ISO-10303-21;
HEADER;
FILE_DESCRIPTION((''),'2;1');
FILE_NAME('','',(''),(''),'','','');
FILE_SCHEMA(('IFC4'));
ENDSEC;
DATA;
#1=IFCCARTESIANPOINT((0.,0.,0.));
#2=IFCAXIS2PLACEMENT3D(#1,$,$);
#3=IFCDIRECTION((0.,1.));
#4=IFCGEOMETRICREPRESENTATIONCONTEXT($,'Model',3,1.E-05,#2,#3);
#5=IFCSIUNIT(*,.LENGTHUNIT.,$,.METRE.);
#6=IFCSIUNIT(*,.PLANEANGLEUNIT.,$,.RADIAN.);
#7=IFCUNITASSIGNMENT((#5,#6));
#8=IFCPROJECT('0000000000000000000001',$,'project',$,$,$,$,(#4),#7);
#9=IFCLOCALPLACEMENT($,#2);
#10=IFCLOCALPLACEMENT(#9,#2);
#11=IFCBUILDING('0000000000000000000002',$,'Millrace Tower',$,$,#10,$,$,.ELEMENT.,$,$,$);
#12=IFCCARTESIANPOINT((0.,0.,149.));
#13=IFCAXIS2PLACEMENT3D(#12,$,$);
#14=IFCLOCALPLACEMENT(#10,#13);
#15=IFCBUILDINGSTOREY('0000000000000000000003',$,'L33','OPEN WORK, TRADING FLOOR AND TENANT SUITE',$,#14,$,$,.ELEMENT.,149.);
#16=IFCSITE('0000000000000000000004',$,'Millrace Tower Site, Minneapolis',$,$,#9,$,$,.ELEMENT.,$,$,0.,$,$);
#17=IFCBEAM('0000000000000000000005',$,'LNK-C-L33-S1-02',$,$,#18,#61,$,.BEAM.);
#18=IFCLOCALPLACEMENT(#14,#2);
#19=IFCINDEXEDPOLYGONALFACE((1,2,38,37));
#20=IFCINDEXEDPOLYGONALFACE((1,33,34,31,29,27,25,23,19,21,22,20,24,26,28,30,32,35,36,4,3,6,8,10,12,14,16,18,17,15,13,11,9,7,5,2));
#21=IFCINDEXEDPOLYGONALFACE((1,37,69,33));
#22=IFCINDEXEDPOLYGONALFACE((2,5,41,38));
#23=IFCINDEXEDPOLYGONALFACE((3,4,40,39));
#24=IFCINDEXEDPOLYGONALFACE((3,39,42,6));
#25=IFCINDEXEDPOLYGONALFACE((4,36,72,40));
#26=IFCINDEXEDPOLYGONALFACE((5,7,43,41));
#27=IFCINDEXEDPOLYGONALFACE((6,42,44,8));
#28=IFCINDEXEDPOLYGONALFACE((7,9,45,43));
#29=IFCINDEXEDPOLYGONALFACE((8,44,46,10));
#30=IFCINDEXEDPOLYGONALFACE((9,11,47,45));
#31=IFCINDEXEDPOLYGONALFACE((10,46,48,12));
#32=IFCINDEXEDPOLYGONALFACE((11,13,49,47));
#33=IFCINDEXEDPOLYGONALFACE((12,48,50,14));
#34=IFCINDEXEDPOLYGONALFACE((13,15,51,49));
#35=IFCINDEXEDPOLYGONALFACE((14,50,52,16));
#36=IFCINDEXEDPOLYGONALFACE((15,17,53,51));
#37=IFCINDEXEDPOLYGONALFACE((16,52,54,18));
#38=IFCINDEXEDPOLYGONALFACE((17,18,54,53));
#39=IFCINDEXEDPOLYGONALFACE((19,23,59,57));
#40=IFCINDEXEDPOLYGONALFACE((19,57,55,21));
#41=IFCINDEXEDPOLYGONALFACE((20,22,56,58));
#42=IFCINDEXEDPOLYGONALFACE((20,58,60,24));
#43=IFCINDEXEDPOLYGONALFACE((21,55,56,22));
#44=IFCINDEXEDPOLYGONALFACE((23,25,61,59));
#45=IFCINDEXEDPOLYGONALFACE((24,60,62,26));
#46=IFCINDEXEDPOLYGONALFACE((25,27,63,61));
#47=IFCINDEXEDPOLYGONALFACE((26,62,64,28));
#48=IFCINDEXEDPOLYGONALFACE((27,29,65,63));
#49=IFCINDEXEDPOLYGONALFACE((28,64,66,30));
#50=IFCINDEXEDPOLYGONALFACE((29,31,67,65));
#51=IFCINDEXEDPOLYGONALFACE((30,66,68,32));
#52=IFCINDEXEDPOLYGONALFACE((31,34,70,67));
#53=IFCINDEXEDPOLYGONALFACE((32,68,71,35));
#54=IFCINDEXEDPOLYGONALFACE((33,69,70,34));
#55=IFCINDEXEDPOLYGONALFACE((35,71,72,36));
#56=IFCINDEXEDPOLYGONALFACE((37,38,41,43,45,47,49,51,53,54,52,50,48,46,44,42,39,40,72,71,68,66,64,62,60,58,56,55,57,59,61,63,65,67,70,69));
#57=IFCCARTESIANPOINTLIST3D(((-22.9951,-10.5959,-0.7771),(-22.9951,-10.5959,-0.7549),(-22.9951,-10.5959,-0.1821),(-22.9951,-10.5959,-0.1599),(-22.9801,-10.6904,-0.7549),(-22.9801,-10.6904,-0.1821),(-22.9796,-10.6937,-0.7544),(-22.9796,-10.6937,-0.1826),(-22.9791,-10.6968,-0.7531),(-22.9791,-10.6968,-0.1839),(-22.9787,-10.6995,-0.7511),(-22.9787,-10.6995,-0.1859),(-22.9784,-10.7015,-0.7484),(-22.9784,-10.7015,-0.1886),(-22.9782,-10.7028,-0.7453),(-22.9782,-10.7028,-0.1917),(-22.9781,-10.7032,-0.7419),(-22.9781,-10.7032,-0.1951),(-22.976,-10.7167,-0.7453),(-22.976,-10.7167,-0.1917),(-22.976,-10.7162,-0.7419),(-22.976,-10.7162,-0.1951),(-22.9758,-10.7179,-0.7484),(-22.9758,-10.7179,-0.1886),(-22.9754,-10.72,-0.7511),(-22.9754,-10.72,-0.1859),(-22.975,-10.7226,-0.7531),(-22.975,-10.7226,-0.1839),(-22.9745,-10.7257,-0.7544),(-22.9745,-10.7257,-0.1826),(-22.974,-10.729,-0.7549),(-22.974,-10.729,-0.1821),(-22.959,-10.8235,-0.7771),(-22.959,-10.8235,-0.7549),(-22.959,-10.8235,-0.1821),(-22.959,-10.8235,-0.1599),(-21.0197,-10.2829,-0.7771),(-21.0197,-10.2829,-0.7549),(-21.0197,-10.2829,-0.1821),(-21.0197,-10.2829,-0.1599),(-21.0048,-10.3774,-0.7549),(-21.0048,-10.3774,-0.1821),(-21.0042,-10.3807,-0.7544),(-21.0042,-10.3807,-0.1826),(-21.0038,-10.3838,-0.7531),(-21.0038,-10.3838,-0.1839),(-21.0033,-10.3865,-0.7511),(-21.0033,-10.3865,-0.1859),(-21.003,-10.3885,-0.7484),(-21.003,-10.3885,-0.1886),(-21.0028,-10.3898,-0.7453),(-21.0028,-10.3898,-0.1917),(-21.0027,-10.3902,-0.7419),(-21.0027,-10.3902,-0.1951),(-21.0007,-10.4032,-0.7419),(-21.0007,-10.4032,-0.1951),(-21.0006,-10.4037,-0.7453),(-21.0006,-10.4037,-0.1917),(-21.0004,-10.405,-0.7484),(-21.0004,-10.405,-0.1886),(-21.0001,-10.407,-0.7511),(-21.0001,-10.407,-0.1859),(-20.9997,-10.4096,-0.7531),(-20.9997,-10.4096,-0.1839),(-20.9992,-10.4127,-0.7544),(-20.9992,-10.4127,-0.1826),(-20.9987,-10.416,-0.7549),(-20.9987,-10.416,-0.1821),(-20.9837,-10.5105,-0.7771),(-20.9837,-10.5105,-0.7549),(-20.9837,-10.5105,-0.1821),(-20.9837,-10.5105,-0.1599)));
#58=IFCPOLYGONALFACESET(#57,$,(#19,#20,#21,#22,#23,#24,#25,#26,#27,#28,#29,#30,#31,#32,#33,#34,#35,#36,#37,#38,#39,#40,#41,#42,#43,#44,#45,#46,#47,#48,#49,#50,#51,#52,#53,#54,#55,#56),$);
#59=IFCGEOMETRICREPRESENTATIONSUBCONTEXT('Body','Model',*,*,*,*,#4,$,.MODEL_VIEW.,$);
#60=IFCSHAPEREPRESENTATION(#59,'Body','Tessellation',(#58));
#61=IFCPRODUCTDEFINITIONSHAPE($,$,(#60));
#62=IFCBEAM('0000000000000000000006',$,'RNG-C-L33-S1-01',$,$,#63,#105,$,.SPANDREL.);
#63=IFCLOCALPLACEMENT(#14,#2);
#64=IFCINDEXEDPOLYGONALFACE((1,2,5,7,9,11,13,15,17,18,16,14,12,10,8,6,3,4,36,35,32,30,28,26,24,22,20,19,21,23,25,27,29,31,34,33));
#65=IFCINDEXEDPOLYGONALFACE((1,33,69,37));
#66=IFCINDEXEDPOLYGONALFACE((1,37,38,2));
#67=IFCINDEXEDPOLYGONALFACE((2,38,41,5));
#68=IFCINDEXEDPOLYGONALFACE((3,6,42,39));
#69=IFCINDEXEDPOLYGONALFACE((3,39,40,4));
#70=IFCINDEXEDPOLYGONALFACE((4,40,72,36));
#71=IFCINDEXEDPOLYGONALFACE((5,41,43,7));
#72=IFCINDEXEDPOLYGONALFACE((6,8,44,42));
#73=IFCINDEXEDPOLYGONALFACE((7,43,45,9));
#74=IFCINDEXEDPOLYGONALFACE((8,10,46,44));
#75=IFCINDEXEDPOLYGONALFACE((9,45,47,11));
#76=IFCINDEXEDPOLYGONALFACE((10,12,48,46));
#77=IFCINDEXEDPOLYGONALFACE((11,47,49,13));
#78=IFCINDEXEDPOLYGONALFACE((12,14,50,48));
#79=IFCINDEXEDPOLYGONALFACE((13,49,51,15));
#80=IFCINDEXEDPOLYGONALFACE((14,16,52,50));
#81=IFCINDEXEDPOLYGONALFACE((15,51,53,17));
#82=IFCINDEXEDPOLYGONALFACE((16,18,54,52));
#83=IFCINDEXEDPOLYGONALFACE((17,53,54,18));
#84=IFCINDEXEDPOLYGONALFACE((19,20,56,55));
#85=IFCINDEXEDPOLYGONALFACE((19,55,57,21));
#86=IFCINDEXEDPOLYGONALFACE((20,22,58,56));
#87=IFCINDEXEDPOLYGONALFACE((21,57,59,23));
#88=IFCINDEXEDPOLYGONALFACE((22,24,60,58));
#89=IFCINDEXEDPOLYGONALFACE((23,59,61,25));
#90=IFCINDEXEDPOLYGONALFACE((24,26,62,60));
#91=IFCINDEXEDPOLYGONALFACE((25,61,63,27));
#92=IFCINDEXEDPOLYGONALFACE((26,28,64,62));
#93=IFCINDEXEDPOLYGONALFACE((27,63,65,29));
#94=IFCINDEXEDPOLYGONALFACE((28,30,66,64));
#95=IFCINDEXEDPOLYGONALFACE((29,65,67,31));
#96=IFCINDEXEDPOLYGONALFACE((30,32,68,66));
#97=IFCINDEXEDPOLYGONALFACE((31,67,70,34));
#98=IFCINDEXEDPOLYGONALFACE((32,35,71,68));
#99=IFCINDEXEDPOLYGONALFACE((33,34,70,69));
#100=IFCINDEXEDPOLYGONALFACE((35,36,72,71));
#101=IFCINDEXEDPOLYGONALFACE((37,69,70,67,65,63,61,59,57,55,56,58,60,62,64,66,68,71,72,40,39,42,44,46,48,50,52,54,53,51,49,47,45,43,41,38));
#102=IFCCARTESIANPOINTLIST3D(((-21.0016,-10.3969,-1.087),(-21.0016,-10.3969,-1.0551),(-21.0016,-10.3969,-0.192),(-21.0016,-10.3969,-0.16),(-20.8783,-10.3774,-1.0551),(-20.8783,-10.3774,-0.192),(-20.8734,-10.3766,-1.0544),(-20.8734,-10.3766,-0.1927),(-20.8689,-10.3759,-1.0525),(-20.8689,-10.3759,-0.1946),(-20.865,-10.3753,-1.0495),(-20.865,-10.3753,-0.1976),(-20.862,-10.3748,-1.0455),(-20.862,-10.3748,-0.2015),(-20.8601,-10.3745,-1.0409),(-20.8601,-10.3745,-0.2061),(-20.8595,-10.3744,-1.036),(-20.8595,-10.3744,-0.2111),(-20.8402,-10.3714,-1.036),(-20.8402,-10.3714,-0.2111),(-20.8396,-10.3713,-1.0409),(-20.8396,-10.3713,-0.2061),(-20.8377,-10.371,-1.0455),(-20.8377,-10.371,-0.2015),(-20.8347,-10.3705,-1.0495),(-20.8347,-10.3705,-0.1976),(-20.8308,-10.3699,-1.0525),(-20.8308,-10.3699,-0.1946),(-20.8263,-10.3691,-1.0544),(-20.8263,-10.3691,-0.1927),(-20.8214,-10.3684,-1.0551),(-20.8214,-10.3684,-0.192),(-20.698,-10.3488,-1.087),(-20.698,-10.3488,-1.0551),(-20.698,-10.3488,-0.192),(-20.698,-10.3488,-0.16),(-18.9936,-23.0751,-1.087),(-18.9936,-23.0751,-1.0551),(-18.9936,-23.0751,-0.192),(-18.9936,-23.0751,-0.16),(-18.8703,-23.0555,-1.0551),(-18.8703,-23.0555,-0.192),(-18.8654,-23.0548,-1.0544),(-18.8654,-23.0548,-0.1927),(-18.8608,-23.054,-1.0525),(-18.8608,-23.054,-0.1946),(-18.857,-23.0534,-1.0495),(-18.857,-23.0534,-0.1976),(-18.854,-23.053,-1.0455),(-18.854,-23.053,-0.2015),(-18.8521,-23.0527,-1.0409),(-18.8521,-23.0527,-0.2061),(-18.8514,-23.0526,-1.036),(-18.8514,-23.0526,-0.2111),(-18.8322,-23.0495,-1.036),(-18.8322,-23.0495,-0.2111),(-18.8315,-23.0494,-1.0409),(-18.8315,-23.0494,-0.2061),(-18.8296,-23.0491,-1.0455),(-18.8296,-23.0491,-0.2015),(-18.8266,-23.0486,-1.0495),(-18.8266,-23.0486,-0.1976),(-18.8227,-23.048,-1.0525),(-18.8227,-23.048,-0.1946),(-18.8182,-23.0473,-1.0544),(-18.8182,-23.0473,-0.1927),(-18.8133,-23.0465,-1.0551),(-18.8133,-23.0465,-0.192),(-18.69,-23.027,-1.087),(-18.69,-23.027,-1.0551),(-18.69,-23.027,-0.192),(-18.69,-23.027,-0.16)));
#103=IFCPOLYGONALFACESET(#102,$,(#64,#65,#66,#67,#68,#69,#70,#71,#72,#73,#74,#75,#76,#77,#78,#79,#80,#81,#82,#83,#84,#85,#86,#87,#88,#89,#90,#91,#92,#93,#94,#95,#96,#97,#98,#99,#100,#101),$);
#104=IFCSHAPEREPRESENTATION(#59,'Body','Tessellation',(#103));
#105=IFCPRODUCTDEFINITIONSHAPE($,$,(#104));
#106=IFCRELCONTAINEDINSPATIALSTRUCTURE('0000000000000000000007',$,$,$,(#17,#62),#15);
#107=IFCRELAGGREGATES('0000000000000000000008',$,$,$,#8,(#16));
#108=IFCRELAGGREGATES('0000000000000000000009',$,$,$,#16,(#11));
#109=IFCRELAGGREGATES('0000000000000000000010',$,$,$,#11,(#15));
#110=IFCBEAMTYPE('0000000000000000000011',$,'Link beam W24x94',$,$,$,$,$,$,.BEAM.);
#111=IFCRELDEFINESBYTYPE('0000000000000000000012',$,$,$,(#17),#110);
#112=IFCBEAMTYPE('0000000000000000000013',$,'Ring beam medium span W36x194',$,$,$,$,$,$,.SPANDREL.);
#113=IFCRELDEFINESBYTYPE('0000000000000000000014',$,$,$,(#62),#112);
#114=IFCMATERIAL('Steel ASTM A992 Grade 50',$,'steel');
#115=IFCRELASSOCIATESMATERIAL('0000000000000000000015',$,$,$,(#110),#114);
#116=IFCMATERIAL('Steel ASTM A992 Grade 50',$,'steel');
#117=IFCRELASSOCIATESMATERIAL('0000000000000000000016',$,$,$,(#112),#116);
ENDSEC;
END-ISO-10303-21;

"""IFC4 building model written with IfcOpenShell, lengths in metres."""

from ifc_helpers import new_model, si_unit, direction, frame, origin, origin_2d, place, context, subcontext, project, spatial, i_section, extrude, material, material_profile, profile_set, type_object, element, save


model = new_model("IFC4")

# Units and contexts
model_context = context("Model", 3, precision=1e-05, world=origin(), true_north=direction((0.0, 1.0)))
body_context = subcontext(model_context, "Body", "Model", "MODEL_VIEW")
ifc_project = project(units=[si_unit("LENGTHUNIT", "METRE"), si_unit("PLANEANGLEUNIT", "RADIAN")], contexts=[model_context])

# Site, building, storey
site_placement = place(None, origin())
site = spatial("IfcSite", under=ifc_project, at=site_placement, Name="Millrace Tower Site, Minneapolis", CompositionType="ELEMENT", RefElevation=0.0)
building_placement = place(site_placement, origin())
building = spatial("IfcBuilding", under=site, at=building_placement, Name="Millrace Tower", CompositionType="ELEMENT")
storey_placement = place(building_placement, frame((0.0, 0.0, 149.0)))
storey = spatial("IfcBuildingStorey", under=building, at=storey_placement, Name="L33", Description="OPEN WORK, TRADING FLOOR AND TENANT SUITE", CompositionType="ELEMENT", Elevation=149.0)

# Beams
ifc_material_1 = material(Name="Steel ASTM A992 Grade 50", Category="steel")
ifc_material_profile_1 = material_profile(ifc_material_1, i_section(OverallWidth=0.2305, OverallDepth=0.6172, WebThickness=0.0132, FlangeThickness=0.0222, FilletRadius=0.0129, at=origin_2d()))
ifc_profile_set_1 = profile_set([ifc_material_profile_1], Name="Steel ASTM A992 Grade 50")
beam_type_1 = type_object("IfcBeamType", Name="Link beam W24x94", PredefinedType="BEAM", material=ifc_profile_set_1)
beam_1_placement = place(storey_placement, frame((-21.0017, -10.3967, -0.4685), z_axis=(-0.987679, -0.156495, 0.0), x_axis=(0.156495, -0.987679, 0.0)))
element("IfcBeam", 1, at=beam_1_placement, inside=storey, type_object=beam_type_1, Name="LNK-C-L33-S1-02", PredefinedType="BEAM", context=body_context, shape_type="SweptSolid", body=[
    extrude(i_section(OverallWidth=0.2305, OverallDepth=0.6172, WebThickness=0.0132, FlangeThickness=0.0222, FilletRadius=0.0129, at=origin_2d()), origin(), (0.0, 0.0, 1.0), 2.0),
])
ifc_material_2 = material(Name="Steel ASTM A992 Grade 50", Category="steel")
ifc_material_profile_2 = material_profile(ifc_material_2, i_section(OverallWidth=0.3074, OverallDepth=0.927, WebThickness=0.0195, FlangeThickness=0.032, FilletRadius=0.019, at=origin_2d()))
ifc_profile_set_2 = profile_set([ifc_material_profile_2], Name="Steel ASTM A992 Grade 50")
beam_type_2 = type_object("IfcBeamType", Name="Ring beam medium span W36x194", PredefinedType="SPANDREL", material=ifc_profile_set_2)
beam_2_placement = place(storey_placement, frame((-18.8418, -23.051, -0.6235), z_axis=(-0.156436, 0.987688, 0.0), x_axis=(-0.987688, -0.156436, 0.0)))
element("IfcBeam", 2, at=beam_2_placement, inside=storey, type_object=beam_type_2, Name="RNG-C-L33-S1-01", PredefinedType="SPANDREL", context=body_context, shape_type="SweptSolid", body=[
    extrude(i_section(OverallWidth=0.3074, OverallDepth=0.927, WebThickness=0.0195, FlangeThickness=0.032, FilletRadius=0.019, at=origin_2d()), origin(), (0.0, 0.0, 1.0), 12.8362),
])

save(model, "model.ifc")
